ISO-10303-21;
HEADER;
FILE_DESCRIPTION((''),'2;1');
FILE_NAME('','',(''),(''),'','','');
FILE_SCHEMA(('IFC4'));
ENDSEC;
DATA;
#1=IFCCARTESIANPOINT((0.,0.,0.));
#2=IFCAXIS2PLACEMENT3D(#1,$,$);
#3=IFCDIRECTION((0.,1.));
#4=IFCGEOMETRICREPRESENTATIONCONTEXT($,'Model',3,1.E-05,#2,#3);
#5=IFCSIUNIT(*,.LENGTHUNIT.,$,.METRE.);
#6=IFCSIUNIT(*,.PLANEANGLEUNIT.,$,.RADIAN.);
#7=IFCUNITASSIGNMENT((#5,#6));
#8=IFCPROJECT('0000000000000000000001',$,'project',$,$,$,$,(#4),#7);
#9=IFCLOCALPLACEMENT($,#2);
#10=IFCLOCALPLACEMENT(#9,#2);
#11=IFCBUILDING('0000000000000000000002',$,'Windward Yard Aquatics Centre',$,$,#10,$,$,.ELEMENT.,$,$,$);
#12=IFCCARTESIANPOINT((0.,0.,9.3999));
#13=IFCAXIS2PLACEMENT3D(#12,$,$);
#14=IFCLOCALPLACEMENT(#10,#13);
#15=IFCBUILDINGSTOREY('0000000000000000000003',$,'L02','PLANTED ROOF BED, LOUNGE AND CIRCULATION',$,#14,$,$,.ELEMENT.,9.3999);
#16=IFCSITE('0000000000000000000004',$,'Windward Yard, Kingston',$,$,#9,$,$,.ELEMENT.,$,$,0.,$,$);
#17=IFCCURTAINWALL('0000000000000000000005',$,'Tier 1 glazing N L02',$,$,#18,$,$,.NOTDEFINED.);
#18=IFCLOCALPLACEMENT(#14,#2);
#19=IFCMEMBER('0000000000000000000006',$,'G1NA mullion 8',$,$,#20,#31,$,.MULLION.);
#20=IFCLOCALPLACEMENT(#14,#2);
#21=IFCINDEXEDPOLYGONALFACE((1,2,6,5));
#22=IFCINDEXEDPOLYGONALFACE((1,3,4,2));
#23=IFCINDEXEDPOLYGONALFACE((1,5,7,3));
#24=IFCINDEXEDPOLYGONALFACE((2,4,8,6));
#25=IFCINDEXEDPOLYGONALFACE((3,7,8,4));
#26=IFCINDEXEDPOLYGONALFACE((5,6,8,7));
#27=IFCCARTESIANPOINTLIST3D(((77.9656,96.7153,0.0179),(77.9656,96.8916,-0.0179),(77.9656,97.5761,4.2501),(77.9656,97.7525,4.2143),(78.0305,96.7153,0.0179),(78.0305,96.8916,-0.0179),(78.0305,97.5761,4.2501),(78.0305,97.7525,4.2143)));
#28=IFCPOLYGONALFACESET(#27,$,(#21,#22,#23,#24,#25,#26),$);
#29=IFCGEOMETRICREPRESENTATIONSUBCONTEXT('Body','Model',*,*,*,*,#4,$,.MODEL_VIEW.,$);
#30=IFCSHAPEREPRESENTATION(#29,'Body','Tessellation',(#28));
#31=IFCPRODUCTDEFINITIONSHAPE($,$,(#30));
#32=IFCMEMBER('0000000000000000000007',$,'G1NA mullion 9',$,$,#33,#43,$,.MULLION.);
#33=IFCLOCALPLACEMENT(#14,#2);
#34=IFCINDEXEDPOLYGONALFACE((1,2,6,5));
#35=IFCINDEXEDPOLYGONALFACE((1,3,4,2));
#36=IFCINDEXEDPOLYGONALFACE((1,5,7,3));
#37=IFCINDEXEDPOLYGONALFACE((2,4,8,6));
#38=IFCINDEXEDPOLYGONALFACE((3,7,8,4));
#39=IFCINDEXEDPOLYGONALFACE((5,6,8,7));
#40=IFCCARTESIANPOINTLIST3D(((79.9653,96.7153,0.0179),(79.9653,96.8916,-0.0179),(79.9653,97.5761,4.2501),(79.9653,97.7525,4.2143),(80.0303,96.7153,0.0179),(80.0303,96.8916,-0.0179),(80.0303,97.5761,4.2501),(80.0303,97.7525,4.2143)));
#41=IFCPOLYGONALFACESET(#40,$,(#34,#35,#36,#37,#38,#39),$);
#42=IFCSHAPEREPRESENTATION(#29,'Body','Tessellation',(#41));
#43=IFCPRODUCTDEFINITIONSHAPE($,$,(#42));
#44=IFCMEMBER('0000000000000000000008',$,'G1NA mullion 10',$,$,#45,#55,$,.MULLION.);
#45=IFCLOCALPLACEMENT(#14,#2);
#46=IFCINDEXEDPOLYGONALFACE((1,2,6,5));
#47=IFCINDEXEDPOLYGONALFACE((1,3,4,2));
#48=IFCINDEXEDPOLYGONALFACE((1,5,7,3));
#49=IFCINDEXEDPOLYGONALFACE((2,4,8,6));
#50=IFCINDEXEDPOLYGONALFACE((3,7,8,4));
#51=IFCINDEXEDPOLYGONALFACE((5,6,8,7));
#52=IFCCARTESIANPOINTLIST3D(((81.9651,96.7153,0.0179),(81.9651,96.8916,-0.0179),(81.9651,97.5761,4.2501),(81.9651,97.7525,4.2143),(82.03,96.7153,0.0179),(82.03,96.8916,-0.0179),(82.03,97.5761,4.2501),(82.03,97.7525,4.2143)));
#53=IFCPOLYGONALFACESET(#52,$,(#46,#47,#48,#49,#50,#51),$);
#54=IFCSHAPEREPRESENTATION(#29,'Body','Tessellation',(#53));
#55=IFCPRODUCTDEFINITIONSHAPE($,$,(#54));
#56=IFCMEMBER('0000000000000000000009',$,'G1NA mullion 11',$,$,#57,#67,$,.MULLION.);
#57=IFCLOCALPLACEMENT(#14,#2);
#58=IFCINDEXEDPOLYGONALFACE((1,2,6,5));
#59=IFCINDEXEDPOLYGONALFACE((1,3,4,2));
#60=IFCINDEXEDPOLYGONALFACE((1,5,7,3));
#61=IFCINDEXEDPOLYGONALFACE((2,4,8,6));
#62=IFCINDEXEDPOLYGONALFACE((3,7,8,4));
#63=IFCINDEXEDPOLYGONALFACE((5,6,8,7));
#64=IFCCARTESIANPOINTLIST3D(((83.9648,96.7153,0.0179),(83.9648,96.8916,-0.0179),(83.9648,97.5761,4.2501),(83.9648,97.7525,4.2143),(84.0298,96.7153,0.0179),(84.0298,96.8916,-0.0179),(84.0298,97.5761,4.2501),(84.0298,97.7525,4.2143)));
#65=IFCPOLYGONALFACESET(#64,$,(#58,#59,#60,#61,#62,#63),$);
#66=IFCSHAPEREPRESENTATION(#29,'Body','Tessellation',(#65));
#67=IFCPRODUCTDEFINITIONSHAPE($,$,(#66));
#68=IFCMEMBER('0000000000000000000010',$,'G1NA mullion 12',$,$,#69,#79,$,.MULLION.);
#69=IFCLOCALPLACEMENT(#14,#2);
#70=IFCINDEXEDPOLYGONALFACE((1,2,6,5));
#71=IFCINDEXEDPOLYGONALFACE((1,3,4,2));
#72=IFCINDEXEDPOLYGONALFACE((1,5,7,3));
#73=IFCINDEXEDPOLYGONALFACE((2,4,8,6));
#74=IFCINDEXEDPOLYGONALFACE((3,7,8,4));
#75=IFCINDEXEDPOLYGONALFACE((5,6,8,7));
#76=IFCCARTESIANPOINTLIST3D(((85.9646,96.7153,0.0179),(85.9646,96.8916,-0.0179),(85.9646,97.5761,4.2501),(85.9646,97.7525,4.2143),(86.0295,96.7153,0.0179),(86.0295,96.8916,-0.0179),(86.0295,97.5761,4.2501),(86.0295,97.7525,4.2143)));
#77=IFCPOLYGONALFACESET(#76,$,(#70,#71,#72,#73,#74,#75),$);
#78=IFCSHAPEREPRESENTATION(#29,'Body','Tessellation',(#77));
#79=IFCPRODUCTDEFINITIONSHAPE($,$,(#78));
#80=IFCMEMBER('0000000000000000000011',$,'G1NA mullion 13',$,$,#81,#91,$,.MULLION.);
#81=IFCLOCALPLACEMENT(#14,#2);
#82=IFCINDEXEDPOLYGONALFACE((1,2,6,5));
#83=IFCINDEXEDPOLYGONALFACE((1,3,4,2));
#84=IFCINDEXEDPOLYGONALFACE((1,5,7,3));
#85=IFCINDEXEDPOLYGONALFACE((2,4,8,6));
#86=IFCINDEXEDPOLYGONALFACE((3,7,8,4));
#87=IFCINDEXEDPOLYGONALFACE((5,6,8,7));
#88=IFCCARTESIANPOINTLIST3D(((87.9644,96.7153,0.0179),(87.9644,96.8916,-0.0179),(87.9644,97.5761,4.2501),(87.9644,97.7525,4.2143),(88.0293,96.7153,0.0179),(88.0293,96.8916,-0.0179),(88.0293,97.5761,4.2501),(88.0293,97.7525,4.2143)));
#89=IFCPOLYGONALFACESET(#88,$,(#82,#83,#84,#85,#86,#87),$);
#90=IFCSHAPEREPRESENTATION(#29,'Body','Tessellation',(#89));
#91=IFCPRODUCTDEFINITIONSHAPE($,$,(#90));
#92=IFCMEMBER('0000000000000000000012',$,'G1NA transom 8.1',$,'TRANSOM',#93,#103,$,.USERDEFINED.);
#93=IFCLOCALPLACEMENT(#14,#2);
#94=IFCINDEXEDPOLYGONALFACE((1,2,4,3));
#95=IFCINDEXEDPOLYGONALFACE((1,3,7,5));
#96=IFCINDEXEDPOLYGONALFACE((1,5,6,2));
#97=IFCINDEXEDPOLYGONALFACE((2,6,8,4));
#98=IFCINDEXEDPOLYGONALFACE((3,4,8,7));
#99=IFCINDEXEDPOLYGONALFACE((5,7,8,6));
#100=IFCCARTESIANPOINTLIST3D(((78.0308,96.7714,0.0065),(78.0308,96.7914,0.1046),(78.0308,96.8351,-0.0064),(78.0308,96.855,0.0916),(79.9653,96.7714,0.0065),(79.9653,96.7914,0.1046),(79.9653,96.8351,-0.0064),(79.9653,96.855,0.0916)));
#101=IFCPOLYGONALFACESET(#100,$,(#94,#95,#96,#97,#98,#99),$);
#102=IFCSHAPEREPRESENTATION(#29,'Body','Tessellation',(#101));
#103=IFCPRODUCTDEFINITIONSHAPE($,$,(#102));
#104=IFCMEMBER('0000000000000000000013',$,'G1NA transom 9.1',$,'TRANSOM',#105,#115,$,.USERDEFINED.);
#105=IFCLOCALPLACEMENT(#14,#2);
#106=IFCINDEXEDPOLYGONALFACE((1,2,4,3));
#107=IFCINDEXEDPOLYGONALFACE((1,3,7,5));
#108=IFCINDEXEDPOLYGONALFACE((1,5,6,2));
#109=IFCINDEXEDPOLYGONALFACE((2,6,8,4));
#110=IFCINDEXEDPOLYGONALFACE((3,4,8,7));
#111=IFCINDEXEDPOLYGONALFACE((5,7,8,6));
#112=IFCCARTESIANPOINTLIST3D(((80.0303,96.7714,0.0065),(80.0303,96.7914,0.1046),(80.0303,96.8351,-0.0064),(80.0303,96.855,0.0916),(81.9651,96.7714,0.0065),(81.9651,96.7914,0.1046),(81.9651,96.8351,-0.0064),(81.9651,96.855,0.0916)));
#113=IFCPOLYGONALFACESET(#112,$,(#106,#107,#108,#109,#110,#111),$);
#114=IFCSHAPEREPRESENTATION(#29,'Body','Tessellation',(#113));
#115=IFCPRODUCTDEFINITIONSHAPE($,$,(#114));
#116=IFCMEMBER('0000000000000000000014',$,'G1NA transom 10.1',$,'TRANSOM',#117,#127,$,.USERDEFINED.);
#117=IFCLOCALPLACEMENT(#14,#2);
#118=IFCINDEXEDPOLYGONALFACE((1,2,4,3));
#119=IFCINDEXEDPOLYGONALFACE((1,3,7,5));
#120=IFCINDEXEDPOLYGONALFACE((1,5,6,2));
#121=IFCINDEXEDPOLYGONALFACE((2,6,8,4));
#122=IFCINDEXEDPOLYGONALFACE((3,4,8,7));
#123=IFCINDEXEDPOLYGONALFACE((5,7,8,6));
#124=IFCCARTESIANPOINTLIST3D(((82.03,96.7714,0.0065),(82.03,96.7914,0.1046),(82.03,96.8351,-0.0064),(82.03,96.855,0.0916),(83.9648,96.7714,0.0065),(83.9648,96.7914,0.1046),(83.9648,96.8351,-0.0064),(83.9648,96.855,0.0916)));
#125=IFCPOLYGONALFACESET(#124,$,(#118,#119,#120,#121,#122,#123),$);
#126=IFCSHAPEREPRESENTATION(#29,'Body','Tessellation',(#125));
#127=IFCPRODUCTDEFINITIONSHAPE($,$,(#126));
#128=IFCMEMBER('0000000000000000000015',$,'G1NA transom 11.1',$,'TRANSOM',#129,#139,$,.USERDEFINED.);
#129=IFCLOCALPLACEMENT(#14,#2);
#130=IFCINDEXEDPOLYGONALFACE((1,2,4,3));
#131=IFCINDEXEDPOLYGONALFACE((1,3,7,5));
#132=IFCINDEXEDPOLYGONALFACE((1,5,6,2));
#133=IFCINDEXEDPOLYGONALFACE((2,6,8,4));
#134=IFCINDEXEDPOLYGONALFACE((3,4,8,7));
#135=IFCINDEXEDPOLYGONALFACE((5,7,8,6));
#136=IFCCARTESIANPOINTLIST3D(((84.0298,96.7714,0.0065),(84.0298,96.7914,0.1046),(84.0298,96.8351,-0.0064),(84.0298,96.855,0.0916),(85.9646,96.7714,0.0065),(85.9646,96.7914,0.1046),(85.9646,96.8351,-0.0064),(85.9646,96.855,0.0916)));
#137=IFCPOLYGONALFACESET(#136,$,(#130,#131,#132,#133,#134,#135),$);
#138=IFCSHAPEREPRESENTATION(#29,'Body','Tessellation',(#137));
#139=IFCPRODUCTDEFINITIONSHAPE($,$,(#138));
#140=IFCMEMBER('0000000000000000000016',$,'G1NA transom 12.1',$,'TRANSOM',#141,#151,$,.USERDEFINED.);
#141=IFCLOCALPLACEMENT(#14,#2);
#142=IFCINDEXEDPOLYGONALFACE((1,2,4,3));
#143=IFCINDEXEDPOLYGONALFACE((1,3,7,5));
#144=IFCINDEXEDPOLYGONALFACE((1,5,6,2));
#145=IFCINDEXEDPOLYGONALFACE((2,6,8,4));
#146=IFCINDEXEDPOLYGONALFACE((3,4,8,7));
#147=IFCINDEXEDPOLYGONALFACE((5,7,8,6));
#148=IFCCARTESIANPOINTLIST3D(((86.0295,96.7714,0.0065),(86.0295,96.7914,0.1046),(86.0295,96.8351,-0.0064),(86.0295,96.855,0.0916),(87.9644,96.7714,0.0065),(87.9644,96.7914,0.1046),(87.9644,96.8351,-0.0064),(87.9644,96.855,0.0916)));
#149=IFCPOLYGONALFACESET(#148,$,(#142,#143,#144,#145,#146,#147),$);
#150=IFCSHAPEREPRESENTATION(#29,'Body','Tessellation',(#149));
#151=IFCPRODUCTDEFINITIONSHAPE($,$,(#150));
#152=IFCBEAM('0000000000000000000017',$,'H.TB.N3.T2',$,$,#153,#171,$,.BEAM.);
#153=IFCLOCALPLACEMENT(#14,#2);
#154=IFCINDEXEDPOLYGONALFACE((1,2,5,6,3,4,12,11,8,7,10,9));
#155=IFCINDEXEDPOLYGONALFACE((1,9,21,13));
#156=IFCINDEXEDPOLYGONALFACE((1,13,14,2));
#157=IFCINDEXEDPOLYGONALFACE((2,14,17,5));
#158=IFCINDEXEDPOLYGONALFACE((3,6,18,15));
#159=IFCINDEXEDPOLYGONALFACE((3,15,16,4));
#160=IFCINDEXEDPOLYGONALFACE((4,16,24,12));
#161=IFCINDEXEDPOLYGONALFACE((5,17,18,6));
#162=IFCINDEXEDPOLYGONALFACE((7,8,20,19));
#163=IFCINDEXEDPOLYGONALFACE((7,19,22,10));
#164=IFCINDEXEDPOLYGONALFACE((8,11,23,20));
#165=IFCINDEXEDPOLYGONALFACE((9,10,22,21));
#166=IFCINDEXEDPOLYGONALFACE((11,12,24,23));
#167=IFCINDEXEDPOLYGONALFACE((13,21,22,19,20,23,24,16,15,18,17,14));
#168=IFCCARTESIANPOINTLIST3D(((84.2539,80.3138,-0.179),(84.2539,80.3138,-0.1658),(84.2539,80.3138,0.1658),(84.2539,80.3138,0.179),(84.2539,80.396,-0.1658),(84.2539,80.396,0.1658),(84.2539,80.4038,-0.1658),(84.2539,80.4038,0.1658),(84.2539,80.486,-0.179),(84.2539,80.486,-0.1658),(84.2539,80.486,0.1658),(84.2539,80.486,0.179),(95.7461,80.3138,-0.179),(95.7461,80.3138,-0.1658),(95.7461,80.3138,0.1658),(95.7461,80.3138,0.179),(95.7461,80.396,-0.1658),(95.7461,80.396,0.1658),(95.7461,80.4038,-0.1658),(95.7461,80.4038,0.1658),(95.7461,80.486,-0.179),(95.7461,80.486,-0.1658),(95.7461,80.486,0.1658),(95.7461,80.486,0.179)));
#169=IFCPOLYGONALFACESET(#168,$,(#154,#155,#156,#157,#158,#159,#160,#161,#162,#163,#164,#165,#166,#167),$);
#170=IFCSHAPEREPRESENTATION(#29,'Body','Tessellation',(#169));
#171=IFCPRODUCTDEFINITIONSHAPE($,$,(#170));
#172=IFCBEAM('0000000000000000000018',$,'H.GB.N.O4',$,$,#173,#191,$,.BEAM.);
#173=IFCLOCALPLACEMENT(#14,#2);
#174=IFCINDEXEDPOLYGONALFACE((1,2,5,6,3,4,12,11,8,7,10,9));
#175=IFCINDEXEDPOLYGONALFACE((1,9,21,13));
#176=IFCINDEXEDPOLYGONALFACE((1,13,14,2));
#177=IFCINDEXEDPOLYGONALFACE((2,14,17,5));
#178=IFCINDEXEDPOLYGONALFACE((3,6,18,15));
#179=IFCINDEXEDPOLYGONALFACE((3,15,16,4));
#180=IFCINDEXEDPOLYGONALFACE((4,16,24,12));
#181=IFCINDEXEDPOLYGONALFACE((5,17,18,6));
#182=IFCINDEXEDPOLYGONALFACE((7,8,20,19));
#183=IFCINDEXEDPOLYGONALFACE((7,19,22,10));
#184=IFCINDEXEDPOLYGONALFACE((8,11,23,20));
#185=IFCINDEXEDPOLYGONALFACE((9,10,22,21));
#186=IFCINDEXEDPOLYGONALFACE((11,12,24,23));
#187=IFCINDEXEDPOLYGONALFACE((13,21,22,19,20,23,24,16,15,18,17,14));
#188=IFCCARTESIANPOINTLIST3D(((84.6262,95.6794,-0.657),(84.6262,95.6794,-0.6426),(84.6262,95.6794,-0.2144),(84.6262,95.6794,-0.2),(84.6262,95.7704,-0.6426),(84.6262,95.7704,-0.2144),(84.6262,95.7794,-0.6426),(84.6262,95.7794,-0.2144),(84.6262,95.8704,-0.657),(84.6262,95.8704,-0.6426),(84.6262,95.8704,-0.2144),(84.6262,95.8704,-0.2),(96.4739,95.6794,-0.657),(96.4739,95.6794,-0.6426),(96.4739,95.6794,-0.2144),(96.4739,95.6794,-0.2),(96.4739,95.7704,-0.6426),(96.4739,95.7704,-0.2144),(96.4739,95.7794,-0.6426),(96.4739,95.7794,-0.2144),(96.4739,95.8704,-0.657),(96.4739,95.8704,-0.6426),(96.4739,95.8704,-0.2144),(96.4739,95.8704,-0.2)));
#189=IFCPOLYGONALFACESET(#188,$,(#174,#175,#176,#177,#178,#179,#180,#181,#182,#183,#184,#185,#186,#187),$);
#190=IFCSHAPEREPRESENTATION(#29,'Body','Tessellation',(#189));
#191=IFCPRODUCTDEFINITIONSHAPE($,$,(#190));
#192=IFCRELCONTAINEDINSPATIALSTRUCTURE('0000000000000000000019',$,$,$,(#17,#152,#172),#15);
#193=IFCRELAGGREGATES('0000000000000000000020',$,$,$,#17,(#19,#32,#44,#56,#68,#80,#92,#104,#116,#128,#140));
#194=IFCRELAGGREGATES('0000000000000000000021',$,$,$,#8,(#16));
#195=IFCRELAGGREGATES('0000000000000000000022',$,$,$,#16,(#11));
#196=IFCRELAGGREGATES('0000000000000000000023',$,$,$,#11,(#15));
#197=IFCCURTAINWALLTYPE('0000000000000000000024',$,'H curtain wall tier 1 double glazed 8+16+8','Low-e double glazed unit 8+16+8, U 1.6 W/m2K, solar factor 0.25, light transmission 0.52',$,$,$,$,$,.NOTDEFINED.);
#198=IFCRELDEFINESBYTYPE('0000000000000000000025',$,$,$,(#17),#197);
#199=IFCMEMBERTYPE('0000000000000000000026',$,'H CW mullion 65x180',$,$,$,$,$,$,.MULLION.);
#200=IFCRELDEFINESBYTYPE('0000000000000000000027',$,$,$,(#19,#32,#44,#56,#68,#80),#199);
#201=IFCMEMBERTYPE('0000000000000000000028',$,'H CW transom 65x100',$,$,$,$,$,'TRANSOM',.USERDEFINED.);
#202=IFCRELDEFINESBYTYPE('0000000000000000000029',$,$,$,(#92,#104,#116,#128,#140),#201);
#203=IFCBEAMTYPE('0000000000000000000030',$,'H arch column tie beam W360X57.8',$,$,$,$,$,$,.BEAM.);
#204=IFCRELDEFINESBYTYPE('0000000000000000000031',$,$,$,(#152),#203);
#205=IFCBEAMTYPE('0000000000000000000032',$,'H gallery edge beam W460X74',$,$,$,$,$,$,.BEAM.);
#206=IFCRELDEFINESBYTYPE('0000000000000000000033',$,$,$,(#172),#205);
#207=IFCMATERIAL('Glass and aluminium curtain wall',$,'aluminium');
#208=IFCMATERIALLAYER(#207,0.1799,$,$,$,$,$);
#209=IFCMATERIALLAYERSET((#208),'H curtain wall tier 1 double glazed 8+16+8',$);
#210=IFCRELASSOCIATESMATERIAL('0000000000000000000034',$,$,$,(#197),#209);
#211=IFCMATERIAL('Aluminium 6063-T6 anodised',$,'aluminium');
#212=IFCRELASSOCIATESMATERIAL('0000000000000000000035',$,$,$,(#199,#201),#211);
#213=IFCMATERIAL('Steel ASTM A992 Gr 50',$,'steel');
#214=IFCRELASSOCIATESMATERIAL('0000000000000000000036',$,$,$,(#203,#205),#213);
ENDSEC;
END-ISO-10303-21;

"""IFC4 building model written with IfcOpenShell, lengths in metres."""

from ifc_helpers import new_model, si_unit, direction, frame, origin, origin_2d, place, context, subcontext, project, spatial, rectangle, i_section, extrude, material, layer, layer_set, material_profile, profile_set, type_object, element, aggregate, save


model = new_model("IFC4")

# Units and contexts
model_context = context("Model", 3, precision=1e-05, world=origin(), true_north=direction((0.0, 1.0)))
body_context = subcontext(model_context, "Body", "Model", "MODEL_VIEW")
ifc_project = project(units=[si_unit("LENGTHUNIT", "METRE"), si_unit("PLANEANGLEUNIT", "RADIAN")], contexts=[model_context])

# Site, building, storey
site_placement = place(None, origin())
site = spatial("IfcSite", under=ifc_project, at=site_placement, Name="Windward Yard, Kingston", CompositionType="ELEMENT", RefElevation=0.0)
building_placement = place(site_placement, origin())
building = spatial("IfcBuilding", under=site, at=building_placement, Name="Windward Yard Aquatics Centre", CompositionType="ELEMENT")
storey_placement = place(building_placement, frame((0.0, 0.0, 9.3999)))
storey = spatial("IfcBuildingStorey", under=building, at=storey_placement, Name="L02", Description="PLANTED ROOF BED, LOUNGE AND CIRCULATION", CompositionType="ELEMENT", Elevation=9.3999)

# Curtain wall, members
ifc_material_1 = material(Name="Glass and aluminium curtain wall", Category="aluminium")
ifc_layer_1 = layer(ifc_material_1, 0.1799)
ifc_layer_set_1 = layer_set([ifc_layer_1], Name="H curtain wall tier 1 double glazed 8+16+8")
curtain_wall_type = type_object("IfcCurtainWallType", Name="H curtain wall tier 1 double glazed 8+16+8", Description="Low-e double glazed unit 8+16+8, U 1.6 W/m2K, solar factor 0.25, light transmission 0.52", PredefinedType="NOTDEFINED", material=ifc_layer_set_1)
curtain_wall_placement = place(storey_placement, origin())
curtain_wall = element("IfcCurtainWall", 1, at=curtain_wall_placement, inside=storey, type_object=curtain_wall_type, Name="Tier 1 glazing N L02", PredefinedType="NOTDEFINED")
ifc_material_2 = material(Name="Aluminium 6063-T6 anodised", Category="aluminium")
ifc_material_profile_1 = material_profile(ifc_material_2, rectangle(XDim=0.0649, YDim=0.1799, at=origin_2d()), Name="H CW mullion 65x180")
ifc_profile_set_1 = profile_set([ifc_material_profile_1], Name="Aluminium 6063-T6 anodised")
member_type_1 = type_object("IfcMemberType", Name="H CW mullion 65x180", PredefinedType="MULLION", material=ifc_profile_set_1)
member_1_placement = place(storey_placement, frame((77.998, 96.8035, 0.0), z_axis=(0.0, 0.199322, 0.979934), x_axis=(-1.0, 0.0, 0.0)))
member_1 = element("IfcMember", 2, at=member_1_placement, type_object=member_type_1, Name="G1NA mullion 8", PredefinedType="MULLION", context=body_context, shape_type="SweptSolid", body=[
    extrude(rectangle(XDim=0.0649, YDim=0.1799, at=origin_2d()), origin(), (0.0, 0.0, 1.0), 4.3188),
])
member_2_placement = place(storey_placement, frame((79.9978, 96.8035, 0.0), z_axis=(0.0, 0.199322, 0.979934), x_axis=(-1.0, 0.0, 0.0)))
member_2 = element("IfcMember", 3, at=member_2_placement, type_object=member_type_1, Name="G1NA mullion 9", PredefinedType="MULLION", context=body_context, shape_type="SweptSolid", body=[
    extrude(rectangle(XDim=0.0649, YDim=0.1799, at=origin_2d()), origin(), (0.0, 0.0, 1.0), 4.3188),
])
member_3_placement = place(storey_placement, frame((81.9976, 96.8035, 0.0), z_axis=(0.0, 0.199322, 0.979934), x_axis=(-1.0, 0.0, 0.0)))
member_3 = element("IfcMember", 4, at=member_3_placement, type_object=member_type_1, Name="G1NA mullion 10", PredefinedType="MULLION", context=body_context, shape_type="SweptSolid", body=[
    extrude(rectangle(XDim=0.0649, YDim=0.1799, at=origin_2d()), origin(), (0.0, 0.0, 1.0), 4.3188),
])
member_4_placement = place(storey_placement, frame((83.9973, 96.8035, 0.0), z_axis=(0.0, 0.199322, 0.979934), x_axis=(-1.0, 0.0, 0.0)))
member_4 = element("IfcMember", 5, at=member_4_placement, type_object=member_type_1, Name="G1NA mullion 11", PredefinedType="MULLION", context=body_context, shape_type="SweptSolid", body=[
    extrude(rectangle(XDim=0.0649, YDim=0.1799, at=origin_2d()), origin(), (0.0, 0.0, 1.0), 4.3188),
])
member_5_placement = place(storey_placement, frame((85.9971, 96.8035, 0.0), z_axis=(0.0, 0.199322, 0.979934), x_axis=(-1.0, 0.0, 0.0)))
member_5 = element("IfcMember", 6, at=member_5_placement, type_object=member_type_1, Name="G1NA mullion 12", PredefinedType="MULLION", context=body_context, shape_type="SweptSolid", body=[
    extrude(rectangle(XDim=0.0649, YDim=0.1799, at=origin_2d()), origin(), (0.0, 0.0, 1.0), 4.3188),
])
member_6_placement = place(storey_placement, frame((87.9968, 96.8035, 0.0), z_axis=(0.0, 0.199322, 0.979934), x_axis=(-1.0, 0.0, 0.0)))
member_6 = element("IfcMember", 7, at=member_6_placement, type_object=member_type_1, Name="G1NA mullion 13", PredefinedType="MULLION", context=body_context, shape_type="SweptSolid", body=[
    extrude(rectangle(XDim=0.0649, YDim=0.1799, at=origin_2d()), origin(), (0.0, 0.0, 1.0), 4.3188),
])
ifc_material_profile_2 = material_profile(ifc_material_2, rectangle(XDim=0.0649, YDim=0.1001, at=origin_2d()), Name="H CW transom 65x100")
ifc_profile_set_2 = profile_set([ifc_material_profile_2], Name="Aluminium 6063-T6 anodised")
member_type_2 = type_object("IfcMemberType", Name="H CW transom 65x100", ElementType="TRANSOM", PredefinedType="USERDEFINED", material=ifc_profile_set_2)
member_7_placement = place(storey_placement, frame((78.0308, 96.8132, 0.0491), z_axis=(1.0, 0.0, 0.0), x_axis=(0.0, -0.979925, 0.199368)))
member_7 = element("IfcMember", 8, at=member_7_placement, type_object=member_type_2, Name="G1NA transom 8.1", ObjectType="TRANSOM", PredefinedType="USERDEFINED", context=body_context, shape_type="SweptSolid", body=[
    extrude(rectangle(XDim=0.0649, YDim=0.1001, at=origin_2d()), origin(), (0.0, 0.0, 1.0), 1.9346),
])
member_8_placement = place(storey_placement, frame((80.0303, 96.8132, 0.0491), z_axis=(1.0, 0.0, 0.0), x_axis=(0.0, -0.979925, 0.199368)))
member_8 = element("IfcMember", 9, at=member_8_placement, type_object=member_type_2, Name="G1NA transom 9.1", ObjectType="TRANSOM", PredefinedType="USERDEFINED", context=body_context, shape_type="SweptSolid", body=[
    extrude(rectangle(XDim=0.0649, YDim=0.1001, at=origin_2d()), origin(), (0.0, 0.0, 1.0), 1.9348),
])
member_9_placement = place(storey_placement, frame((82.03, 96.8132, 0.0491), z_axis=(1.0, 0.0, 0.0), x_axis=(0.0, -0.979925, 0.199368)))
member_9 = element("IfcMember", 10, at=member_9_placement, type_object=member_type_2, Name="G1NA transom 10.1", ObjectType="TRANSOM", PredefinedType="USERDEFINED", context=body_context, shape_type="SweptSolid", body=[
    extrude(rectangle(XDim=0.0649, YDim=0.1001, at=origin_2d()), origin(), (0.0, 0.0, 1.0), 1.9348),
])
member_10_placement = place(storey_placement, frame((84.0298, 96.8132, 0.0491), z_axis=(1.0, 0.0, 0.0), x_axis=(0.0, -0.979925, 0.199368)))
member_10 = element("IfcMember", 11, at=member_10_placement, type_object=member_type_2, Name="G1NA transom 11.1", ObjectType="TRANSOM", PredefinedType="USERDEFINED", context=body_context, shape_type="SweptSolid", body=[
    extrude(rectangle(XDim=0.0649, YDim=0.1001, at=origin_2d()), origin(), (0.0, 0.0, 1.0), 1.9348),
])
member_11_placement = place(storey_placement, frame((86.0295, 96.8132, 0.0491), z_axis=(1.0, 0.0, 0.0), x_axis=(0.0, -0.979925, 0.199368)))
member_11 = element("IfcMember", 12, at=member_11_placement, type_object=member_type_2, Name="G1NA transom 12.1", ObjectType="TRANSOM", PredefinedType="USERDEFINED", context=body_context, shape_type="SweptSolid", body=[
    extrude(rectangle(XDim=0.0649, YDim=0.1001, at=origin_2d()), origin(), (0.0, 0.0, 1.0), 1.9348),
])

# Beams
ifc_material_3 = material(Name="Steel ASTM A992 Gr 50", Category="steel")
ifc_material_profile_3 = material_profile(ifc_material_3, i_section(OverallWidth=0.1721, OverallDepth=0.3579, WebThickness=0.0078, FlangeThickness=0.0132, at=origin_2d()), Name="W360X57.8")
ifc_profile_set_3 = profile_set([ifc_material_profile_3], Name="Steel ASTM A992 Gr 50")
beam_type_1 = type_object("IfcBeamType", Name="H arch column tie beam W360X57.8", PredefinedType="BEAM", material=ifc_profile_set_3)
beam_1_placement = place(storey_placement, frame((84.2539, 80.3999, 0.0), z_axis=(1.0, 0.0, 0.0), x_axis=(0.0, 1.0, 0.0)))
element("IfcBeam", 13, at=beam_1_placement, inside=storey, type_object=beam_type_1, Name="H.TB.N3.T2", PredefinedType="BEAM", context=body_context, shape_type="SweptSolid", body=[
    extrude(i_section(OverallWidth=0.1721, OverallDepth=0.3579, WebThickness=0.0078, FlangeThickness=0.0132, at=origin_2d()), origin(), (0.0, 0.0, 1.0), 11.4922),
])
ifc_material_profile_4 = material_profile(ifc_material_3, i_section(OverallWidth=0.1909, OverallDepth=0.457, WebThickness=0.009, FlangeThickness=0.0144, at=origin_2d()), Name="W460X74")
ifc_profile_set_4 = profile_set([ifc_material_profile_4], Name="Steel ASTM A992 Gr 50")
beam_type_2 = type_object("IfcBeamType", Name="H gallery edge beam W460X74", PredefinedType="BEAM", material=ifc_profile_set_4)
beam_2_placement = place(storey_placement, frame((84.6262, 95.7749, -0.4285), z_axis=(1.0, 0.0, 0.0), x_axis=(0.0, 1.0, 0.0)))
element("IfcBeam", 14, at=beam_2_placement, inside=storey, type_object=beam_type_2, Name="H.GB.N.O4", PredefinedType="BEAM", context=body_context, shape_type="SweptSolid", body=[
    extrude(i_section(OverallWidth=0.1909, OverallDepth=0.457, WebThickness=0.009, FlangeThickness=0.0144, at=origin_2d()), origin(), (0.0, 0.0, 1.0), 11.8477),
])

aggregate(curtain_wall, [member_1, member_2, member_3, member_4, member_5, member_6, member_7, member_8, member_9, member_10, member_11])

save(model, "model.ifc")
